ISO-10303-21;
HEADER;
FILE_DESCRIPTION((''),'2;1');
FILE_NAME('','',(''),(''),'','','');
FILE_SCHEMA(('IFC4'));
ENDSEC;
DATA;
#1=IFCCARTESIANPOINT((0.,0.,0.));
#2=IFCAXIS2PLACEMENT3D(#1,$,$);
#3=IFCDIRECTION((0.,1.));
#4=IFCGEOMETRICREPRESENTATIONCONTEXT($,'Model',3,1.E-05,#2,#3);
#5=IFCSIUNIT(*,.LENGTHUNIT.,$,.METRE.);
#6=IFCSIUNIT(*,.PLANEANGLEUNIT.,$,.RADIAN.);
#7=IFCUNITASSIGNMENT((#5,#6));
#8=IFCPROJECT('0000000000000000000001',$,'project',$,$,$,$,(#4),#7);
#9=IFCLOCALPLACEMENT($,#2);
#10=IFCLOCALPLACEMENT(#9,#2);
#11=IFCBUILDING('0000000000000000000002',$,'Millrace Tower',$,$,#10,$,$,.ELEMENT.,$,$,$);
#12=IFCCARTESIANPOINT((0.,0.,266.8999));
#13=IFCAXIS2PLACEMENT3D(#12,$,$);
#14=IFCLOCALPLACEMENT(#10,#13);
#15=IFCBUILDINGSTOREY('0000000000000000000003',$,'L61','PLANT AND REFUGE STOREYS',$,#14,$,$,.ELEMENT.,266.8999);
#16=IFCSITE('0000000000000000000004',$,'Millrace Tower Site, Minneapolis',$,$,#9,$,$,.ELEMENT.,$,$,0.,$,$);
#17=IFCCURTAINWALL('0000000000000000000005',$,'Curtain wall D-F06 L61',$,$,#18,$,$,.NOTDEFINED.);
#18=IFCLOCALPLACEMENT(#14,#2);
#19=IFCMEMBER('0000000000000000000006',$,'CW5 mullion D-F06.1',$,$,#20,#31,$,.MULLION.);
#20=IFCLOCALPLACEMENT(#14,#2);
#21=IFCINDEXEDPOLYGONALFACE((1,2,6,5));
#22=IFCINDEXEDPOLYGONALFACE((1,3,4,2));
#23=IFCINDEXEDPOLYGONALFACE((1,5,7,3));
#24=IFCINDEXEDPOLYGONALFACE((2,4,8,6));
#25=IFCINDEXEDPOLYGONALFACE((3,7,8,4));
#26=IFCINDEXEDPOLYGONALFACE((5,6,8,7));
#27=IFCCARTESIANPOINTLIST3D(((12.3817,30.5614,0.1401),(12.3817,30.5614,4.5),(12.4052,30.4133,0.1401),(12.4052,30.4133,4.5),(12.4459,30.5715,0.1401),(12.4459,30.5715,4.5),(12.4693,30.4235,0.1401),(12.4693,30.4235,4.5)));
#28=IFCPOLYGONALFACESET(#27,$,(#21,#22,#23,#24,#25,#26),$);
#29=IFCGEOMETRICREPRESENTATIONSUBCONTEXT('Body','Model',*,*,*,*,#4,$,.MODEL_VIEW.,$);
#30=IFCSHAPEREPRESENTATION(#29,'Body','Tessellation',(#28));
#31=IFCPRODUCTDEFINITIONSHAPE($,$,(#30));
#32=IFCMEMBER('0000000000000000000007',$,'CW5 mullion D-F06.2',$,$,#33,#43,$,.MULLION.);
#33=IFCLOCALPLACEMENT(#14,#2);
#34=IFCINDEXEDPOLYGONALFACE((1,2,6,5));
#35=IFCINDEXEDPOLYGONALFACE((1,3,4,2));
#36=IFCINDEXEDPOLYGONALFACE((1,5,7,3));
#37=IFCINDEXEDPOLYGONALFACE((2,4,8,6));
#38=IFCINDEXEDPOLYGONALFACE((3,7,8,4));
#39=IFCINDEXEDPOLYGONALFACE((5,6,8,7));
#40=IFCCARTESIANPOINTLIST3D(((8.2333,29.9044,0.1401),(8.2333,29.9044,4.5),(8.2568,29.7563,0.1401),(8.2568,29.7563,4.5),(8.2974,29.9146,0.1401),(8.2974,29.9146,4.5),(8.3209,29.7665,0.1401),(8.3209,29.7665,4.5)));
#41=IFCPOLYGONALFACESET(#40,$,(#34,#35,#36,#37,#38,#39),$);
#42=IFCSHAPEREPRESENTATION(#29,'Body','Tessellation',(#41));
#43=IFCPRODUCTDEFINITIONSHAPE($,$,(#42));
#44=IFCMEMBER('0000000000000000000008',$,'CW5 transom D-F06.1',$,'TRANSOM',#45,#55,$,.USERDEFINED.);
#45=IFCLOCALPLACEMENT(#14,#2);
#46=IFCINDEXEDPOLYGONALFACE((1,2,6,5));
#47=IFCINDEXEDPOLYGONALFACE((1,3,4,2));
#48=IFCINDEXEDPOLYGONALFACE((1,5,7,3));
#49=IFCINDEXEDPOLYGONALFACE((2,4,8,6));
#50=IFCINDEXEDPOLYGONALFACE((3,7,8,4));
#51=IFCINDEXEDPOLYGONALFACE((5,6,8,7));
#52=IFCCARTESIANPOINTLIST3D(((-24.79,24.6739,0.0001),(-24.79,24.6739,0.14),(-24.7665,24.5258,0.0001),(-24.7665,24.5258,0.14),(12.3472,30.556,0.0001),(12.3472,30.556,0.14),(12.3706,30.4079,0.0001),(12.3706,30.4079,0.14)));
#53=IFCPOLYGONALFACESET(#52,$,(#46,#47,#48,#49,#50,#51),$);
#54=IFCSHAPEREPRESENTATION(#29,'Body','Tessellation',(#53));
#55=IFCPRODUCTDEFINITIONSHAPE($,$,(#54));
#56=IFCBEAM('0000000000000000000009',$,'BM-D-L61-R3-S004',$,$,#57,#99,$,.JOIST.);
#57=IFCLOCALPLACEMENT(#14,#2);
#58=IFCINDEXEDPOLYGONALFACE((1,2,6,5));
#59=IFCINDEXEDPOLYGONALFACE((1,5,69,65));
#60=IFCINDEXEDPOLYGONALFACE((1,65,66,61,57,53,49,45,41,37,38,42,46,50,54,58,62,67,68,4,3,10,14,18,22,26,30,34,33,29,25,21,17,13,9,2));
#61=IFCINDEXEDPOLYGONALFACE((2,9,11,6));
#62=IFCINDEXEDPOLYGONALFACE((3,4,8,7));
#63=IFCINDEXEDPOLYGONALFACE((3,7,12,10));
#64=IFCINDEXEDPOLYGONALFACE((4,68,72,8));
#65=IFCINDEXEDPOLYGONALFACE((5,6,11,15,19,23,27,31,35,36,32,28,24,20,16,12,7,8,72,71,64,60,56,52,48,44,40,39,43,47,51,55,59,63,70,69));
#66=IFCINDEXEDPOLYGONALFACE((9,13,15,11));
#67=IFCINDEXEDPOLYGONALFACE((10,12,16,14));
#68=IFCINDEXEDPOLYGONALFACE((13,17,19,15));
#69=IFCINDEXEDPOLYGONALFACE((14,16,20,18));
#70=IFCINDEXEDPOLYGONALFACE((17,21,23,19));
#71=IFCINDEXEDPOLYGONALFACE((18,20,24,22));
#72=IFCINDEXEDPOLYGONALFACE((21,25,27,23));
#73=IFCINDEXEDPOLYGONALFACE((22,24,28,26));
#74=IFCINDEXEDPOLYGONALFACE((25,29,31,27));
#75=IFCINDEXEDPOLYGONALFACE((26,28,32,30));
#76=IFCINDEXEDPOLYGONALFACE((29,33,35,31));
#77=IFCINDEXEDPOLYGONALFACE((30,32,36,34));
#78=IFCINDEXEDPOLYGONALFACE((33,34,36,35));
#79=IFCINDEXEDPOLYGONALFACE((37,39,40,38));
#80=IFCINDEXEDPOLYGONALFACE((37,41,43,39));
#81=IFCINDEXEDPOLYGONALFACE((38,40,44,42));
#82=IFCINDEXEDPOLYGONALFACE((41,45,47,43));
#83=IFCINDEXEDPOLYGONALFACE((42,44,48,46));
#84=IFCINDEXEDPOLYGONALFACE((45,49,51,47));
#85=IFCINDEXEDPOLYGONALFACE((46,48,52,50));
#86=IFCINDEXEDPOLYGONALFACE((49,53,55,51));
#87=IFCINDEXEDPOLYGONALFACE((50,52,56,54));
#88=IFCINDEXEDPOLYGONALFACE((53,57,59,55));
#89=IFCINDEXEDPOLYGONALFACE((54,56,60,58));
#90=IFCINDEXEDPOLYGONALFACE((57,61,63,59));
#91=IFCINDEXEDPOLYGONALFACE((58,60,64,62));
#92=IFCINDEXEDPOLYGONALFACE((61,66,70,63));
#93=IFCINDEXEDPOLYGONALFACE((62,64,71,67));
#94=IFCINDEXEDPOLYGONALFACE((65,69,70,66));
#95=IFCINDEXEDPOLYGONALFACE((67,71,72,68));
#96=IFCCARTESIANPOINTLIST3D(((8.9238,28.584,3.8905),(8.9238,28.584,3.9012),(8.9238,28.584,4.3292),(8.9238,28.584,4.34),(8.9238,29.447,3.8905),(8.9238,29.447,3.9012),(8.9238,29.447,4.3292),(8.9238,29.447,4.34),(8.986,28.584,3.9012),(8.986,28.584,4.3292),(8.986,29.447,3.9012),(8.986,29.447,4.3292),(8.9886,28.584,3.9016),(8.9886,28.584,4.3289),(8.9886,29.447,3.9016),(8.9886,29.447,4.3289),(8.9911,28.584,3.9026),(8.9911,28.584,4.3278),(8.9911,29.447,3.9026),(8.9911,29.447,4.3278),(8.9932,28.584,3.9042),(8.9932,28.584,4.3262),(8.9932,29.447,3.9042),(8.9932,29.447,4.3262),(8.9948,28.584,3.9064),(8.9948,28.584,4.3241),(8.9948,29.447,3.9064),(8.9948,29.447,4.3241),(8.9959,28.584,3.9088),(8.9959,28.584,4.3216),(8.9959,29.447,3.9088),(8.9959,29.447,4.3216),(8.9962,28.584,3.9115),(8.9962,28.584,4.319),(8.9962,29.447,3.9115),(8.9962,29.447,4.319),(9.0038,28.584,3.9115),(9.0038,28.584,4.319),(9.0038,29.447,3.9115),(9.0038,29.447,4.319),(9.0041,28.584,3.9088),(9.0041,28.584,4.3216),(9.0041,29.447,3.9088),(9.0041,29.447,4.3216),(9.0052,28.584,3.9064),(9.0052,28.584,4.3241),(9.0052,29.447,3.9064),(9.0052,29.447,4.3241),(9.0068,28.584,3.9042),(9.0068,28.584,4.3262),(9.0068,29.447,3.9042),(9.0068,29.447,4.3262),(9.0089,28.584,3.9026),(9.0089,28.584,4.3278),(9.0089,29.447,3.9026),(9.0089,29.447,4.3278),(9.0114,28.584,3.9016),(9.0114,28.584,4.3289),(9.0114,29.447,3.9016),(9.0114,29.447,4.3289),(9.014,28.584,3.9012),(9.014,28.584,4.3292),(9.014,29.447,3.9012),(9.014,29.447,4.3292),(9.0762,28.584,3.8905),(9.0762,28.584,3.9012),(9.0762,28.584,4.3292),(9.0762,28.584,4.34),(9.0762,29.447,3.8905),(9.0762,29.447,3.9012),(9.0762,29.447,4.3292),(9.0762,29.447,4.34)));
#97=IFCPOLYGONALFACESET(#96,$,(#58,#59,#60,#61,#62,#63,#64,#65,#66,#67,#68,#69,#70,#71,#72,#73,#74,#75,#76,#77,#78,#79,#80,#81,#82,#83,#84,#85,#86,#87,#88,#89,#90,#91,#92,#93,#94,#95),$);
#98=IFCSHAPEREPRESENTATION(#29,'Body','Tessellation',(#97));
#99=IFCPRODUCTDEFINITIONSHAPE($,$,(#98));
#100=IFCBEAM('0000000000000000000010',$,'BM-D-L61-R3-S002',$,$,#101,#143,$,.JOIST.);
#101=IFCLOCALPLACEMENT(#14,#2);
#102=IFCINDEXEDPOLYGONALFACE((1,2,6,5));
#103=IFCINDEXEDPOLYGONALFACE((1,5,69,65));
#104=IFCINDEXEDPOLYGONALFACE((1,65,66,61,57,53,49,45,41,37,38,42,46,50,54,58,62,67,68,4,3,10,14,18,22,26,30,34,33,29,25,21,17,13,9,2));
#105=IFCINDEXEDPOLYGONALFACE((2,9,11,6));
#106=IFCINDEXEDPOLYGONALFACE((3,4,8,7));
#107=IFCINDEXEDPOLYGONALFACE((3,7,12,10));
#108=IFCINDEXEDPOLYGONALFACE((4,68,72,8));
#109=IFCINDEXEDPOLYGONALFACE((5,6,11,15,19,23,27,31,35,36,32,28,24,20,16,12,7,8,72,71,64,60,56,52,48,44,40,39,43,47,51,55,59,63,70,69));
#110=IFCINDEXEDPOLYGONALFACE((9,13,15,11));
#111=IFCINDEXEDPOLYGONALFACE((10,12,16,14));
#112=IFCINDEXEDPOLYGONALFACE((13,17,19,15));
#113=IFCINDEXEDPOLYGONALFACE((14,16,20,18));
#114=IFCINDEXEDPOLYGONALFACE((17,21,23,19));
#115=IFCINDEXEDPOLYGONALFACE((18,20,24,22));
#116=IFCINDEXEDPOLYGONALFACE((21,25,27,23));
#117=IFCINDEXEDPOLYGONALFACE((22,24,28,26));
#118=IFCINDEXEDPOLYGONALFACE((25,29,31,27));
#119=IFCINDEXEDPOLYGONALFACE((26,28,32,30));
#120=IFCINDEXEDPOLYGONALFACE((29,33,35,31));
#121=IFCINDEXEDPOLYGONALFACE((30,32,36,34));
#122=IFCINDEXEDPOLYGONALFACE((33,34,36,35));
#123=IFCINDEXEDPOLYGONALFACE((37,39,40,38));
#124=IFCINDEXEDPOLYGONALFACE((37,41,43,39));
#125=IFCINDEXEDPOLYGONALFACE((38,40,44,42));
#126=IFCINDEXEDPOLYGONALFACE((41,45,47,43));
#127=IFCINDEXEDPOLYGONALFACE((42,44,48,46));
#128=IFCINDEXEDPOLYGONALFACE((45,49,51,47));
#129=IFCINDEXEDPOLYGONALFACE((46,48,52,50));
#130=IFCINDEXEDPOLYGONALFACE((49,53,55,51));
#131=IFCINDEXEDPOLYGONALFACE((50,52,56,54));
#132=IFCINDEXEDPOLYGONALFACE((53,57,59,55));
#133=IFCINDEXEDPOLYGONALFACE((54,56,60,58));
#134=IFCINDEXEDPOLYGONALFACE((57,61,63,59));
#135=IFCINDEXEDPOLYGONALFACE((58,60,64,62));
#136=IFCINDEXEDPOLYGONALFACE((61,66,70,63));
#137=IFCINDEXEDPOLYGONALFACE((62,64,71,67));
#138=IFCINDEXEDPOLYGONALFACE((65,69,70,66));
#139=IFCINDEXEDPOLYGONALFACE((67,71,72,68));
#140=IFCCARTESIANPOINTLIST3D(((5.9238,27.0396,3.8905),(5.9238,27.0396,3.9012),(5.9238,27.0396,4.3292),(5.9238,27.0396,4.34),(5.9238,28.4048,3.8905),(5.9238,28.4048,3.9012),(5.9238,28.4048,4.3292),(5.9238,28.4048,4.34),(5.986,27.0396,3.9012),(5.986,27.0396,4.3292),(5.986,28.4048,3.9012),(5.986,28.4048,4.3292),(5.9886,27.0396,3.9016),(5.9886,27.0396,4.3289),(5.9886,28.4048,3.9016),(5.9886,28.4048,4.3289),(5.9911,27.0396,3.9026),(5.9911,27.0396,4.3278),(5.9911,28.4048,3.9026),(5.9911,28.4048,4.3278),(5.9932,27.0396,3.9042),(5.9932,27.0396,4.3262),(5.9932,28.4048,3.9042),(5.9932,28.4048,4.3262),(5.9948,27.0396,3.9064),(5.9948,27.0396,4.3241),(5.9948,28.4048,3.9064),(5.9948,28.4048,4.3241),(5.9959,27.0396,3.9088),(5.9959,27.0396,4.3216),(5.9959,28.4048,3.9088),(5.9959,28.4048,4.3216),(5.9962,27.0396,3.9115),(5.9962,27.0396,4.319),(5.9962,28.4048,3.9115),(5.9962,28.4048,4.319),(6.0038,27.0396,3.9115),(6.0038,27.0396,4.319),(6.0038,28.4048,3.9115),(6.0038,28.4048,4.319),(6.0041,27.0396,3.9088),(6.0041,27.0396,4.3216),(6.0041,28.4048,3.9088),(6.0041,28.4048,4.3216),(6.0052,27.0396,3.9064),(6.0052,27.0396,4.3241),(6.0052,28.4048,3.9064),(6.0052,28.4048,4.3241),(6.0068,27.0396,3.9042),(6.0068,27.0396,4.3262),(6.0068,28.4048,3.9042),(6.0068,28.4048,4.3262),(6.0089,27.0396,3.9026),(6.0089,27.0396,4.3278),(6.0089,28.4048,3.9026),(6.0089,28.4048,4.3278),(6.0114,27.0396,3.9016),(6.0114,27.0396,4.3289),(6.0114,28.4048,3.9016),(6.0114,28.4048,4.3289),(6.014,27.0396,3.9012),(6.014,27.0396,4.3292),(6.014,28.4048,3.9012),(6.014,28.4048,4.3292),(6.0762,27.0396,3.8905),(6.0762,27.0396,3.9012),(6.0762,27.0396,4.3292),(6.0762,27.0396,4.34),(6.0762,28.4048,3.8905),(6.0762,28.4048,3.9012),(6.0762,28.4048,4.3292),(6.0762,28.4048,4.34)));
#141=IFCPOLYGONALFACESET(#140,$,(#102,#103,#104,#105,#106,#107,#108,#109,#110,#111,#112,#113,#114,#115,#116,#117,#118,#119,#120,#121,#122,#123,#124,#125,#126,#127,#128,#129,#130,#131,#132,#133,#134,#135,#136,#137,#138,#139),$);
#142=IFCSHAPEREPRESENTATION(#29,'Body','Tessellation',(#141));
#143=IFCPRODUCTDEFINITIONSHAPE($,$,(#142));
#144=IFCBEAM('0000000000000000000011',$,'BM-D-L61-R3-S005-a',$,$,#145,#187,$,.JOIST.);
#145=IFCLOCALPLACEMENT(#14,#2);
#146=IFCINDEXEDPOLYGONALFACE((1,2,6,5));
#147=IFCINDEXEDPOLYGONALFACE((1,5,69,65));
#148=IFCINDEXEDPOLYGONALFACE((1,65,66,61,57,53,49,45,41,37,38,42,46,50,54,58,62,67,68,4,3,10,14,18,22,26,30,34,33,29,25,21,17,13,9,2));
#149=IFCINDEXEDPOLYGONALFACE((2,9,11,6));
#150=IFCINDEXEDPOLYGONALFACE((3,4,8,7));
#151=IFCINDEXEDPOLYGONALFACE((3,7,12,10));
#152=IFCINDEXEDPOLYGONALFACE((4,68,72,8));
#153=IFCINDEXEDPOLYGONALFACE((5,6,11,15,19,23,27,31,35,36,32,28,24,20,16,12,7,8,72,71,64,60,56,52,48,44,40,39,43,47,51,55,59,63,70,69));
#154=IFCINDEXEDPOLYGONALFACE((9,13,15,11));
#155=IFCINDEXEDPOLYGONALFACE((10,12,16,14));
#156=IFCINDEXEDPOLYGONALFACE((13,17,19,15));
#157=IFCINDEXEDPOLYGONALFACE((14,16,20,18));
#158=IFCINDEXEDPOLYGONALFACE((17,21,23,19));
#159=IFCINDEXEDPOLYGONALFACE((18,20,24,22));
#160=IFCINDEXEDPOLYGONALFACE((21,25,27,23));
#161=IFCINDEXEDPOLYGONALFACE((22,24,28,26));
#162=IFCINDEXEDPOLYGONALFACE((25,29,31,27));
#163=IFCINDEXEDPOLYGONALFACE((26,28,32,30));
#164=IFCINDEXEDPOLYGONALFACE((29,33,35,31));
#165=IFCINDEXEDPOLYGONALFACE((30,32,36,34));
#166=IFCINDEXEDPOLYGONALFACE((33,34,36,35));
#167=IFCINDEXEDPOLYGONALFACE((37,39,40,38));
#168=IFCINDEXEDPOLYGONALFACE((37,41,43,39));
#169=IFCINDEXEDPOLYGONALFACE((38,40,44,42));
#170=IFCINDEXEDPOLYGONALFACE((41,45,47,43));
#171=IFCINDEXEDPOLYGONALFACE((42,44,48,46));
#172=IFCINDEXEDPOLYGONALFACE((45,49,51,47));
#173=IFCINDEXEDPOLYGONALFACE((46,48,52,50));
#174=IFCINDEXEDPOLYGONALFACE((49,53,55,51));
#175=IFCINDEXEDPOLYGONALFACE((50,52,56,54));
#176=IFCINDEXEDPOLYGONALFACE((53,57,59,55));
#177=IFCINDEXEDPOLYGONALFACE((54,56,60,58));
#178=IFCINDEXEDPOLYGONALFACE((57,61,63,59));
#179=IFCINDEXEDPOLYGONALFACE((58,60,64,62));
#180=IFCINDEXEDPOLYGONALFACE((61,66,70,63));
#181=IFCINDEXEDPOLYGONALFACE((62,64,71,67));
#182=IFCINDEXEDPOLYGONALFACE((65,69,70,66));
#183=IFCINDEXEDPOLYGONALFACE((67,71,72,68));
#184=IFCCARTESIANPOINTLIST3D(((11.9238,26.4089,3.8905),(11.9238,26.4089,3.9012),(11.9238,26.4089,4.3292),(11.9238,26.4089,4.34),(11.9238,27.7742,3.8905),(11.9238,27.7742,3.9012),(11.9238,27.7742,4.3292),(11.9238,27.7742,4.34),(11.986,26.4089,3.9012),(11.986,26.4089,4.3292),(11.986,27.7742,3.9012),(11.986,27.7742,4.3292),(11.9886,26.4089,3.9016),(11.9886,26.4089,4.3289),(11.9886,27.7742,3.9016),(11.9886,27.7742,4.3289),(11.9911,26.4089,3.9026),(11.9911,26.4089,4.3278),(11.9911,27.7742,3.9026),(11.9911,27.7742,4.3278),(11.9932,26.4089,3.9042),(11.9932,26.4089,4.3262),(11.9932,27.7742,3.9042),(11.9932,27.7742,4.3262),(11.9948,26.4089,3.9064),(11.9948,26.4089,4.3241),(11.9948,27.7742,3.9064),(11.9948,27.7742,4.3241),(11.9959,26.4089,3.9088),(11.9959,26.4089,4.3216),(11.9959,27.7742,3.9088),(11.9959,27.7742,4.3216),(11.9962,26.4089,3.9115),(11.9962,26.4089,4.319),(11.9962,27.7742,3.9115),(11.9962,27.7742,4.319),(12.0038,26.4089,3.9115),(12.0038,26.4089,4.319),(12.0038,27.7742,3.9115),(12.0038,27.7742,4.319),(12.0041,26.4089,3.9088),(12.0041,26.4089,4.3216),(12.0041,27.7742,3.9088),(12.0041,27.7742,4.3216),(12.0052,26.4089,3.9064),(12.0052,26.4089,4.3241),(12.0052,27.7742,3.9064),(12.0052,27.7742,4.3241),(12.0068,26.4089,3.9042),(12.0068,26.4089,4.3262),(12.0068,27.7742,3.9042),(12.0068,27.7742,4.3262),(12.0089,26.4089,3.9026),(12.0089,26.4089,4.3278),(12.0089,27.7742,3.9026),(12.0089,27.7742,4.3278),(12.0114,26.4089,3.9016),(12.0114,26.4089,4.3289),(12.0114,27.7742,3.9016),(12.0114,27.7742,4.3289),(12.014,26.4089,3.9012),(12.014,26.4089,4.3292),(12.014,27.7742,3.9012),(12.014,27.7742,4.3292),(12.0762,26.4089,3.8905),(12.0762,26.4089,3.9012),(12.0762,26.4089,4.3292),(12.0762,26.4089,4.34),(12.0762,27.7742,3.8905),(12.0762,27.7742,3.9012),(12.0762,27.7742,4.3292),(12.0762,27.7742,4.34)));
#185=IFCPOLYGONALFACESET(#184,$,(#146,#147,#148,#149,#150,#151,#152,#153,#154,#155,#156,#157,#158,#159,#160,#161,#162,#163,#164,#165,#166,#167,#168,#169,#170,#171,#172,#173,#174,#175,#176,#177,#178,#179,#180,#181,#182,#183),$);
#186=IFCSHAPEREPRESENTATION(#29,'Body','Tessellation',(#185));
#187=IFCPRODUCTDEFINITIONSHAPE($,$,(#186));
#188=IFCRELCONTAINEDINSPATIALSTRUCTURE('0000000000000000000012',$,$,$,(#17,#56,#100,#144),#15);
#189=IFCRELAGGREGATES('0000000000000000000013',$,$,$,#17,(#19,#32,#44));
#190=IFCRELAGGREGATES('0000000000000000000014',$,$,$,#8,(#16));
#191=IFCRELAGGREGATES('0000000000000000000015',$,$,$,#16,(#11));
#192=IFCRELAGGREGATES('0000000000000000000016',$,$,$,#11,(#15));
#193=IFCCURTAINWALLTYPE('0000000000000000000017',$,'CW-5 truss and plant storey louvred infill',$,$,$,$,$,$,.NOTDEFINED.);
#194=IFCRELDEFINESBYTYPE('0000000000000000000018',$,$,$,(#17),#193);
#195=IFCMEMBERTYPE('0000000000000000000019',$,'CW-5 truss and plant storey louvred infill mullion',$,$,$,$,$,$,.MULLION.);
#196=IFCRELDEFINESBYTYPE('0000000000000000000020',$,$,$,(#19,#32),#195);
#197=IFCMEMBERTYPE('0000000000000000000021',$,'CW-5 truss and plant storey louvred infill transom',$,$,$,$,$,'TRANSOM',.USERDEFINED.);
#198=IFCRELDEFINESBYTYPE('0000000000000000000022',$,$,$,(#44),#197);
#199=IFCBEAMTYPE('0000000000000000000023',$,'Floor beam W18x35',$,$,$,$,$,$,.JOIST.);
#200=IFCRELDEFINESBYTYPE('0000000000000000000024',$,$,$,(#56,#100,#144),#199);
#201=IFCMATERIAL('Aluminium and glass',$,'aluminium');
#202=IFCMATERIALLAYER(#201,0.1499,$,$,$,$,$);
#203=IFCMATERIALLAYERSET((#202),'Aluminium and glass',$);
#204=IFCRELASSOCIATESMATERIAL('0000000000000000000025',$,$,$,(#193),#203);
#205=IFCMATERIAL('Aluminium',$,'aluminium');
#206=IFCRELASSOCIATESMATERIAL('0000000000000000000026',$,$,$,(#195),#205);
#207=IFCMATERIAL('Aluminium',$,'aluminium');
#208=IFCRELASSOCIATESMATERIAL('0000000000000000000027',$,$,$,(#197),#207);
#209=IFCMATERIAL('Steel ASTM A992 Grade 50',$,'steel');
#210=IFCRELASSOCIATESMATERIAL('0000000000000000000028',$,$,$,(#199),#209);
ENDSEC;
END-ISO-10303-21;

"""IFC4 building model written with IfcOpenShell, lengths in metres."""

from ifc_helpers import new_model, si_unit, direction, frame, origin, origin_2d, place, context, subcontext, project, spatial, rectangle, i_section, extrude, material, layer, layer_set, material_profile, profile_set, type_object, element, aggregate, save


model = new_model("IFC4")

# Units and contexts
model_context = context("Model", 3, precision=1e-05, world=origin(), true_north=direction((0.0, 1.0)))
body_context = subcontext(model_context, "Body", "Model", "MODEL_VIEW")
ifc_project = project(units=[si_unit("LENGTHUNIT", "METRE"), si_unit("PLANEANGLEUNIT", "RADIAN")], contexts=[model_context])

# Site, building, storey
site_placement = place(None, origin())
site = spatial("IfcSite", under=ifc_project, at=site_placement, Name="Millrace Tower Site, Minneapolis", CompositionType="ELEMENT", RefElevation=0.0)
building_placement = place(site_placement, origin())
building = spatial("IfcBuilding", under=site, at=building_placement, Name="Millrace Tower", CompositionType="ELEMENT")
storey_placement = place(building_placement, frame((0.0, 0.0, 266.8999)))
storey = spatial("IfcBuildingStorey", under=building, at=storey_placement, Name="L61", Description="PLANT AND REFUGE STOREYS", CompositionType="ELEMENT", Elevation=266.8999)

# Curtain wall, members
ifc_material_1 = material(Name="Aluminium and glass", Category="aluminium")
ifc_layer_1 = layer(ifc_material_1, 0.1499)
ifc_layer_set_1 = layer_set([ifc_layer_1], Name="Aluminium and glass")
curtain_wall_type = type_object("IfcCurtainWallType", Name="CW-5 truss and plant storey louvred infill", PredefinedType="NOTDEFINED", material=ifc_layer_set_1)
curtain_wall_placement = place(storey_placement, origin())
curtain_wall = element("IfcCurtainWall", 1, at=curtain_wall_placement, inside=storey, type_object=curtain_wall_type, Name="Curtain wall D-F06 L61", PredefinedType="NOTDEFINED")
ifc_material_2 = material(Name="Aluminium", Category="aluminium")
ifc_material_profile_1 = material_profile(ifc_material_2, rectangle(XDim=0.0649, YDim=0.1499, at=origin_2d()))
ifc_profile_set_1 = profile_set([ifc_material_profile_1], Name="Aluminium")
member_type_1 = type_object("IfcMemberType", Name="CW-5 truss and plant storey louvred infill mullion", PredefinedType="MULLION", material=ifc_profile_set_1)
member_1_placement = place(storey_placement, frame((12.4255, 30.4924, 0.1401), z_axis=(0.0, 0.0, 1.0), x_axis=(-0.987688, -0.156434, 0.0)))
member_1 = element("IfcMember", 2, at=member_1_placement, type_object=member_type_1, Name="CW5 mullion D-F06.1", PredefinedType="MULLION", context=body_context, shape_type="SweptSolid", body=[
    extrude(rectangle(XDim=0.0649, YDim=0.1499, at=origin_2d()), origin(), (0.0, 0.0, 1.0), 4.3599),
])
member_2_placement = place(storey_placement, frame((8.2771, 29.8354, 0.1401), z_axis=(0.0, 0.0, 1.0), x_axis=(-0.987688, -0.156434, 0.0)))
member_2 = element("IfcMember", 3, at=member_2_placement, type_object=member_type_1, Name="CW5 mullion D-F06.2", PredefinedType="MULLION", context=body_context, shape_type="SweptSolid", body=[
    extrude(rectangle(XDim=0.0649, YDim=0.1499, at=origin_2d()), origin(), (0.0, 0.0, 1.0), 4.3599),
])
ifc_material_3 = material(Name="Aluminium", Category="aluminium")
ifc_material_profile_2 = material_profile(ifc_material_3, rectangle(XDim=0.1499, YDim=0.1399, at=origin_2d()))
ifc_profile_set_2 = profile_set([ifc_material_profile_2], Name="Aluminium")
member_type_2 = type_object("IfcMemberType", Name="CW-5 truss and plant storey louvred infill transom", ElementType="TRANSOM", PredefinedType="USERDEFINED", material=ifc_profile_set_2)
member_3_placement = place(storey_placement, frame((12.3589, 30.4819, 0.0701), z_axis=(-0.987688, -0.156438, 0.0), x_axis=(0.156438, -0.987688, 0.0)))
member_3 = element("IfcMember", 4, at=member_3_placement, type_object=member_type_2, Name="CW5 transom D-F06.1", ObjectType="TRANSOM", PredefinedType="USERDEFINED", context=body_context, shape_type="SweptSolid", body=[
    extrude(rectangle(XDim=0.1499, YDim=0.1399, at=origin_2d()), origin(), (0.0, 0.0, 1.0), 37.6001),
])
aggregate(curtain_wall, [member_1, member_2, member_3])

# Beams
ifc_material_4 = material(Name="Steel ASTM A992 Grade 50", Category="steel")
ifc_material_profile_3 = material_profile(ifc_material_4, i_section(OverallWidth=0.1523, OverallDepth=0.4495, WebThickness=0.0076, FlangeThickness=0.0107, FilletRadius=0.0103, at=origin_2d()))
ifc_profile_set_3 = profile_set([ifc_material_profile_3], Name="Steel ASTM A992 Grade 50")
beam_type_1 = type_object("IfcBeamType", Name="Floor beam W18x35", PredefinedType="JOIST", material=ifc_profile_set_3)
beam_1_placement = place(storey_placement, frame((9.0, 28.584, 4.1152), z_axis=(0.0, 1.0, 0.0), x_axis=(-1.0, 0.0, 0.0)))
element("IfcBeam", 5, at=beam_1_placement, inside=storey, type_object=beam_type_1, Name="BM-D-L61-R3-S004", PredefinedType="JOIST", context=body_context, shape_type="SweptSolid", body=[
    extrude(i_section(OverallWidth=0.1523, OverallDepth=0.4495, WebThickness=0.0076, FlangeThickness=0.0107, FilletRadius=0.0103, at=origin_2d()), origin(), (0.0, 0.0, 1.0), 0.863),
])
for number, where, z_axis, x_axis, name in (
    (6, (6.0, 27.0396, 4.1152), (0.0, 1.0, 0.0), (-1.0, 0.0, 0.0), "BM-D-L61-R3-S002"),
    (7, (12.0, 26.4089, 4.1152), (0.0, 1.0, 0.0), (-1.0, 0.0, 0.0), "BM-D-L61-R3-S005-a"),
):
    element("IfcBeam", number, at=place(storey_placement, frame(where, z_axis=z_axis, x_axis=x_axis)), inside=storey, type_object=beam_type_1, Name=name, PredefinedType="JOIST", context=body_context, shape_type="SweptSolid", body=[
        extrude(i_section(OverallWidth=0.1523, OverallDepth=0.4495, WebThickness=0.0076, FlangeThickness=0.0107, FilletRadius=0.0103, at=origin_2d()), origin(), (0.0, 0.0, 1.0), 1.3652),
    ])

save(model, "model.ifc")
